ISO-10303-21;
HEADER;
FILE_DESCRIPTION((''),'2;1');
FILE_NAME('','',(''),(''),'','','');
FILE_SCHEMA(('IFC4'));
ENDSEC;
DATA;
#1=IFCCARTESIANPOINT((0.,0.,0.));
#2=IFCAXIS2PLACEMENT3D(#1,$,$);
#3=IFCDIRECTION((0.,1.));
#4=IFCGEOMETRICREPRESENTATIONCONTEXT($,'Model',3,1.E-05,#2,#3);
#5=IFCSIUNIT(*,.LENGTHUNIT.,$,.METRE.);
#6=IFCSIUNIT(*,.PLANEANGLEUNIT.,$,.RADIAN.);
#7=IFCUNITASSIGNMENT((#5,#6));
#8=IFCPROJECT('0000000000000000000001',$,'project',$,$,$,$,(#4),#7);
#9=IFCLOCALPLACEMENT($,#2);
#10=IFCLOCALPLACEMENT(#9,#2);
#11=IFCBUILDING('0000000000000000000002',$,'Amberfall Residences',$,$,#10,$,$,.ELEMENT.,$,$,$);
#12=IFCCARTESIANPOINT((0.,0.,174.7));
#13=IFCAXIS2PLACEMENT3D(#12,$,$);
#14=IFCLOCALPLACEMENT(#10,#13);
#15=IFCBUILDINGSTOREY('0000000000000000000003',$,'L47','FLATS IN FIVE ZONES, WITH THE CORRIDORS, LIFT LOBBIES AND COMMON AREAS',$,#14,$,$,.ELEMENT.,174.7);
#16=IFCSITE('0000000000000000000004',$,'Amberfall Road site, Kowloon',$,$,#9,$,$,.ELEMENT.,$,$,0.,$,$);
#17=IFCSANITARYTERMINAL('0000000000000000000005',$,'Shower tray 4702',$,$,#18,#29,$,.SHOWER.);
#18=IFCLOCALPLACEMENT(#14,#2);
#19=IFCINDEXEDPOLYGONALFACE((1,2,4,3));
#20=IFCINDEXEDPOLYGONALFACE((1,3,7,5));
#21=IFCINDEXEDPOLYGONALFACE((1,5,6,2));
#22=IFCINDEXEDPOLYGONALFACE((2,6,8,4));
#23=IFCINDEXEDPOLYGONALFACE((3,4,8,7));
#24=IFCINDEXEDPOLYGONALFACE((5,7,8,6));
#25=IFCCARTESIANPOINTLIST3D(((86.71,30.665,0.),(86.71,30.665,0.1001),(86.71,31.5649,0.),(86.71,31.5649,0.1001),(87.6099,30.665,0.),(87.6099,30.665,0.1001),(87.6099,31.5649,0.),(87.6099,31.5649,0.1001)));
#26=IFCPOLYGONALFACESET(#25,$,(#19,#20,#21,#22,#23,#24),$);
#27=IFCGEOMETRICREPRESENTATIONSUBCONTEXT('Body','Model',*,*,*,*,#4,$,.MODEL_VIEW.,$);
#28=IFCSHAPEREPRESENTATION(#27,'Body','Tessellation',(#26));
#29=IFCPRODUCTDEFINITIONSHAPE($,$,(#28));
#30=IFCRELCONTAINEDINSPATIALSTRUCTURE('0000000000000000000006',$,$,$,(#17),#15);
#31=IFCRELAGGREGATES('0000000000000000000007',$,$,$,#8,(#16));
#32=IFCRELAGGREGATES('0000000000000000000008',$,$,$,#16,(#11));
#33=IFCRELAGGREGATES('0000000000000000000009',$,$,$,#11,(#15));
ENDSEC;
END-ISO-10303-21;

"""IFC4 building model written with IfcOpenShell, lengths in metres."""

from ifc_helpers import new_model, si_unit, direction, frame, origin, origin_2d, place, context, subcontext, project, spatial, rectangle, extrude, element, save


model = new_model("IFC4")

# Units and contexts
model_context = context("Model", 3, precision=1e-05, world=origin(), true_north=direction((0.0, 1.0)))
body_context = subcontext(model_context, "Body", "Model", "MODEL_VIEW")
ifc_project = project(units=[si_unit("LENGTHUNIT", "METRE"), si_unit("PLANEANGLEUNIT", "RADIAN")], contexts=[model_context])

# Site, building, storey
site_placement = place(None, origin())
site = spatial("IfcSite", under=ifc_project, at=site_placement, Name="Amberfall Road site, Kowloon", CompositionType="ELEMENT", RefElevation=0.0)
building_placement = place(site_placement, origin())
building = spatial("IfcBuilding", under=site, at=building_placement, Name="Amberfall Residences", CompositionType="ELEMENT")
storey_placement = place(building_placement, frame((0.0, 0.0, 174.7)))
storey = spatial("IfcBuildingStorey", under=building, at=storey_placement, Name="L47", Description="FLATS IN FIVE ZONES, WITH THE CORRIDORS, LIFT LOBBIES AND COMMON AREAS", CompositionType="ELEMENT", Elevation=174.7)

# Sanitary terminal
sanitary_terminal_1_placement = place(storey_placement, frame((87.1599, 31.115, 0.0), z_axis=(0.0, 0.0, 1.0), x_axis=(1.0, 0.0, 0.0)))
element("IfcSanitaryTerminal", 1, at=sanitary_terminal_1_placement, inside=storey, Name="Shower tray 4702", PredefinedType="SHOWER", context=body_context, shape_type="SweptSolid", body=[
    extrude(rectangle(XDim=0.8999, YDim=0.8999, at=origin_2d()), origin(), (0.0, 0.0, 1.0), 0.1001),
])

save(model, "model.ifc")
